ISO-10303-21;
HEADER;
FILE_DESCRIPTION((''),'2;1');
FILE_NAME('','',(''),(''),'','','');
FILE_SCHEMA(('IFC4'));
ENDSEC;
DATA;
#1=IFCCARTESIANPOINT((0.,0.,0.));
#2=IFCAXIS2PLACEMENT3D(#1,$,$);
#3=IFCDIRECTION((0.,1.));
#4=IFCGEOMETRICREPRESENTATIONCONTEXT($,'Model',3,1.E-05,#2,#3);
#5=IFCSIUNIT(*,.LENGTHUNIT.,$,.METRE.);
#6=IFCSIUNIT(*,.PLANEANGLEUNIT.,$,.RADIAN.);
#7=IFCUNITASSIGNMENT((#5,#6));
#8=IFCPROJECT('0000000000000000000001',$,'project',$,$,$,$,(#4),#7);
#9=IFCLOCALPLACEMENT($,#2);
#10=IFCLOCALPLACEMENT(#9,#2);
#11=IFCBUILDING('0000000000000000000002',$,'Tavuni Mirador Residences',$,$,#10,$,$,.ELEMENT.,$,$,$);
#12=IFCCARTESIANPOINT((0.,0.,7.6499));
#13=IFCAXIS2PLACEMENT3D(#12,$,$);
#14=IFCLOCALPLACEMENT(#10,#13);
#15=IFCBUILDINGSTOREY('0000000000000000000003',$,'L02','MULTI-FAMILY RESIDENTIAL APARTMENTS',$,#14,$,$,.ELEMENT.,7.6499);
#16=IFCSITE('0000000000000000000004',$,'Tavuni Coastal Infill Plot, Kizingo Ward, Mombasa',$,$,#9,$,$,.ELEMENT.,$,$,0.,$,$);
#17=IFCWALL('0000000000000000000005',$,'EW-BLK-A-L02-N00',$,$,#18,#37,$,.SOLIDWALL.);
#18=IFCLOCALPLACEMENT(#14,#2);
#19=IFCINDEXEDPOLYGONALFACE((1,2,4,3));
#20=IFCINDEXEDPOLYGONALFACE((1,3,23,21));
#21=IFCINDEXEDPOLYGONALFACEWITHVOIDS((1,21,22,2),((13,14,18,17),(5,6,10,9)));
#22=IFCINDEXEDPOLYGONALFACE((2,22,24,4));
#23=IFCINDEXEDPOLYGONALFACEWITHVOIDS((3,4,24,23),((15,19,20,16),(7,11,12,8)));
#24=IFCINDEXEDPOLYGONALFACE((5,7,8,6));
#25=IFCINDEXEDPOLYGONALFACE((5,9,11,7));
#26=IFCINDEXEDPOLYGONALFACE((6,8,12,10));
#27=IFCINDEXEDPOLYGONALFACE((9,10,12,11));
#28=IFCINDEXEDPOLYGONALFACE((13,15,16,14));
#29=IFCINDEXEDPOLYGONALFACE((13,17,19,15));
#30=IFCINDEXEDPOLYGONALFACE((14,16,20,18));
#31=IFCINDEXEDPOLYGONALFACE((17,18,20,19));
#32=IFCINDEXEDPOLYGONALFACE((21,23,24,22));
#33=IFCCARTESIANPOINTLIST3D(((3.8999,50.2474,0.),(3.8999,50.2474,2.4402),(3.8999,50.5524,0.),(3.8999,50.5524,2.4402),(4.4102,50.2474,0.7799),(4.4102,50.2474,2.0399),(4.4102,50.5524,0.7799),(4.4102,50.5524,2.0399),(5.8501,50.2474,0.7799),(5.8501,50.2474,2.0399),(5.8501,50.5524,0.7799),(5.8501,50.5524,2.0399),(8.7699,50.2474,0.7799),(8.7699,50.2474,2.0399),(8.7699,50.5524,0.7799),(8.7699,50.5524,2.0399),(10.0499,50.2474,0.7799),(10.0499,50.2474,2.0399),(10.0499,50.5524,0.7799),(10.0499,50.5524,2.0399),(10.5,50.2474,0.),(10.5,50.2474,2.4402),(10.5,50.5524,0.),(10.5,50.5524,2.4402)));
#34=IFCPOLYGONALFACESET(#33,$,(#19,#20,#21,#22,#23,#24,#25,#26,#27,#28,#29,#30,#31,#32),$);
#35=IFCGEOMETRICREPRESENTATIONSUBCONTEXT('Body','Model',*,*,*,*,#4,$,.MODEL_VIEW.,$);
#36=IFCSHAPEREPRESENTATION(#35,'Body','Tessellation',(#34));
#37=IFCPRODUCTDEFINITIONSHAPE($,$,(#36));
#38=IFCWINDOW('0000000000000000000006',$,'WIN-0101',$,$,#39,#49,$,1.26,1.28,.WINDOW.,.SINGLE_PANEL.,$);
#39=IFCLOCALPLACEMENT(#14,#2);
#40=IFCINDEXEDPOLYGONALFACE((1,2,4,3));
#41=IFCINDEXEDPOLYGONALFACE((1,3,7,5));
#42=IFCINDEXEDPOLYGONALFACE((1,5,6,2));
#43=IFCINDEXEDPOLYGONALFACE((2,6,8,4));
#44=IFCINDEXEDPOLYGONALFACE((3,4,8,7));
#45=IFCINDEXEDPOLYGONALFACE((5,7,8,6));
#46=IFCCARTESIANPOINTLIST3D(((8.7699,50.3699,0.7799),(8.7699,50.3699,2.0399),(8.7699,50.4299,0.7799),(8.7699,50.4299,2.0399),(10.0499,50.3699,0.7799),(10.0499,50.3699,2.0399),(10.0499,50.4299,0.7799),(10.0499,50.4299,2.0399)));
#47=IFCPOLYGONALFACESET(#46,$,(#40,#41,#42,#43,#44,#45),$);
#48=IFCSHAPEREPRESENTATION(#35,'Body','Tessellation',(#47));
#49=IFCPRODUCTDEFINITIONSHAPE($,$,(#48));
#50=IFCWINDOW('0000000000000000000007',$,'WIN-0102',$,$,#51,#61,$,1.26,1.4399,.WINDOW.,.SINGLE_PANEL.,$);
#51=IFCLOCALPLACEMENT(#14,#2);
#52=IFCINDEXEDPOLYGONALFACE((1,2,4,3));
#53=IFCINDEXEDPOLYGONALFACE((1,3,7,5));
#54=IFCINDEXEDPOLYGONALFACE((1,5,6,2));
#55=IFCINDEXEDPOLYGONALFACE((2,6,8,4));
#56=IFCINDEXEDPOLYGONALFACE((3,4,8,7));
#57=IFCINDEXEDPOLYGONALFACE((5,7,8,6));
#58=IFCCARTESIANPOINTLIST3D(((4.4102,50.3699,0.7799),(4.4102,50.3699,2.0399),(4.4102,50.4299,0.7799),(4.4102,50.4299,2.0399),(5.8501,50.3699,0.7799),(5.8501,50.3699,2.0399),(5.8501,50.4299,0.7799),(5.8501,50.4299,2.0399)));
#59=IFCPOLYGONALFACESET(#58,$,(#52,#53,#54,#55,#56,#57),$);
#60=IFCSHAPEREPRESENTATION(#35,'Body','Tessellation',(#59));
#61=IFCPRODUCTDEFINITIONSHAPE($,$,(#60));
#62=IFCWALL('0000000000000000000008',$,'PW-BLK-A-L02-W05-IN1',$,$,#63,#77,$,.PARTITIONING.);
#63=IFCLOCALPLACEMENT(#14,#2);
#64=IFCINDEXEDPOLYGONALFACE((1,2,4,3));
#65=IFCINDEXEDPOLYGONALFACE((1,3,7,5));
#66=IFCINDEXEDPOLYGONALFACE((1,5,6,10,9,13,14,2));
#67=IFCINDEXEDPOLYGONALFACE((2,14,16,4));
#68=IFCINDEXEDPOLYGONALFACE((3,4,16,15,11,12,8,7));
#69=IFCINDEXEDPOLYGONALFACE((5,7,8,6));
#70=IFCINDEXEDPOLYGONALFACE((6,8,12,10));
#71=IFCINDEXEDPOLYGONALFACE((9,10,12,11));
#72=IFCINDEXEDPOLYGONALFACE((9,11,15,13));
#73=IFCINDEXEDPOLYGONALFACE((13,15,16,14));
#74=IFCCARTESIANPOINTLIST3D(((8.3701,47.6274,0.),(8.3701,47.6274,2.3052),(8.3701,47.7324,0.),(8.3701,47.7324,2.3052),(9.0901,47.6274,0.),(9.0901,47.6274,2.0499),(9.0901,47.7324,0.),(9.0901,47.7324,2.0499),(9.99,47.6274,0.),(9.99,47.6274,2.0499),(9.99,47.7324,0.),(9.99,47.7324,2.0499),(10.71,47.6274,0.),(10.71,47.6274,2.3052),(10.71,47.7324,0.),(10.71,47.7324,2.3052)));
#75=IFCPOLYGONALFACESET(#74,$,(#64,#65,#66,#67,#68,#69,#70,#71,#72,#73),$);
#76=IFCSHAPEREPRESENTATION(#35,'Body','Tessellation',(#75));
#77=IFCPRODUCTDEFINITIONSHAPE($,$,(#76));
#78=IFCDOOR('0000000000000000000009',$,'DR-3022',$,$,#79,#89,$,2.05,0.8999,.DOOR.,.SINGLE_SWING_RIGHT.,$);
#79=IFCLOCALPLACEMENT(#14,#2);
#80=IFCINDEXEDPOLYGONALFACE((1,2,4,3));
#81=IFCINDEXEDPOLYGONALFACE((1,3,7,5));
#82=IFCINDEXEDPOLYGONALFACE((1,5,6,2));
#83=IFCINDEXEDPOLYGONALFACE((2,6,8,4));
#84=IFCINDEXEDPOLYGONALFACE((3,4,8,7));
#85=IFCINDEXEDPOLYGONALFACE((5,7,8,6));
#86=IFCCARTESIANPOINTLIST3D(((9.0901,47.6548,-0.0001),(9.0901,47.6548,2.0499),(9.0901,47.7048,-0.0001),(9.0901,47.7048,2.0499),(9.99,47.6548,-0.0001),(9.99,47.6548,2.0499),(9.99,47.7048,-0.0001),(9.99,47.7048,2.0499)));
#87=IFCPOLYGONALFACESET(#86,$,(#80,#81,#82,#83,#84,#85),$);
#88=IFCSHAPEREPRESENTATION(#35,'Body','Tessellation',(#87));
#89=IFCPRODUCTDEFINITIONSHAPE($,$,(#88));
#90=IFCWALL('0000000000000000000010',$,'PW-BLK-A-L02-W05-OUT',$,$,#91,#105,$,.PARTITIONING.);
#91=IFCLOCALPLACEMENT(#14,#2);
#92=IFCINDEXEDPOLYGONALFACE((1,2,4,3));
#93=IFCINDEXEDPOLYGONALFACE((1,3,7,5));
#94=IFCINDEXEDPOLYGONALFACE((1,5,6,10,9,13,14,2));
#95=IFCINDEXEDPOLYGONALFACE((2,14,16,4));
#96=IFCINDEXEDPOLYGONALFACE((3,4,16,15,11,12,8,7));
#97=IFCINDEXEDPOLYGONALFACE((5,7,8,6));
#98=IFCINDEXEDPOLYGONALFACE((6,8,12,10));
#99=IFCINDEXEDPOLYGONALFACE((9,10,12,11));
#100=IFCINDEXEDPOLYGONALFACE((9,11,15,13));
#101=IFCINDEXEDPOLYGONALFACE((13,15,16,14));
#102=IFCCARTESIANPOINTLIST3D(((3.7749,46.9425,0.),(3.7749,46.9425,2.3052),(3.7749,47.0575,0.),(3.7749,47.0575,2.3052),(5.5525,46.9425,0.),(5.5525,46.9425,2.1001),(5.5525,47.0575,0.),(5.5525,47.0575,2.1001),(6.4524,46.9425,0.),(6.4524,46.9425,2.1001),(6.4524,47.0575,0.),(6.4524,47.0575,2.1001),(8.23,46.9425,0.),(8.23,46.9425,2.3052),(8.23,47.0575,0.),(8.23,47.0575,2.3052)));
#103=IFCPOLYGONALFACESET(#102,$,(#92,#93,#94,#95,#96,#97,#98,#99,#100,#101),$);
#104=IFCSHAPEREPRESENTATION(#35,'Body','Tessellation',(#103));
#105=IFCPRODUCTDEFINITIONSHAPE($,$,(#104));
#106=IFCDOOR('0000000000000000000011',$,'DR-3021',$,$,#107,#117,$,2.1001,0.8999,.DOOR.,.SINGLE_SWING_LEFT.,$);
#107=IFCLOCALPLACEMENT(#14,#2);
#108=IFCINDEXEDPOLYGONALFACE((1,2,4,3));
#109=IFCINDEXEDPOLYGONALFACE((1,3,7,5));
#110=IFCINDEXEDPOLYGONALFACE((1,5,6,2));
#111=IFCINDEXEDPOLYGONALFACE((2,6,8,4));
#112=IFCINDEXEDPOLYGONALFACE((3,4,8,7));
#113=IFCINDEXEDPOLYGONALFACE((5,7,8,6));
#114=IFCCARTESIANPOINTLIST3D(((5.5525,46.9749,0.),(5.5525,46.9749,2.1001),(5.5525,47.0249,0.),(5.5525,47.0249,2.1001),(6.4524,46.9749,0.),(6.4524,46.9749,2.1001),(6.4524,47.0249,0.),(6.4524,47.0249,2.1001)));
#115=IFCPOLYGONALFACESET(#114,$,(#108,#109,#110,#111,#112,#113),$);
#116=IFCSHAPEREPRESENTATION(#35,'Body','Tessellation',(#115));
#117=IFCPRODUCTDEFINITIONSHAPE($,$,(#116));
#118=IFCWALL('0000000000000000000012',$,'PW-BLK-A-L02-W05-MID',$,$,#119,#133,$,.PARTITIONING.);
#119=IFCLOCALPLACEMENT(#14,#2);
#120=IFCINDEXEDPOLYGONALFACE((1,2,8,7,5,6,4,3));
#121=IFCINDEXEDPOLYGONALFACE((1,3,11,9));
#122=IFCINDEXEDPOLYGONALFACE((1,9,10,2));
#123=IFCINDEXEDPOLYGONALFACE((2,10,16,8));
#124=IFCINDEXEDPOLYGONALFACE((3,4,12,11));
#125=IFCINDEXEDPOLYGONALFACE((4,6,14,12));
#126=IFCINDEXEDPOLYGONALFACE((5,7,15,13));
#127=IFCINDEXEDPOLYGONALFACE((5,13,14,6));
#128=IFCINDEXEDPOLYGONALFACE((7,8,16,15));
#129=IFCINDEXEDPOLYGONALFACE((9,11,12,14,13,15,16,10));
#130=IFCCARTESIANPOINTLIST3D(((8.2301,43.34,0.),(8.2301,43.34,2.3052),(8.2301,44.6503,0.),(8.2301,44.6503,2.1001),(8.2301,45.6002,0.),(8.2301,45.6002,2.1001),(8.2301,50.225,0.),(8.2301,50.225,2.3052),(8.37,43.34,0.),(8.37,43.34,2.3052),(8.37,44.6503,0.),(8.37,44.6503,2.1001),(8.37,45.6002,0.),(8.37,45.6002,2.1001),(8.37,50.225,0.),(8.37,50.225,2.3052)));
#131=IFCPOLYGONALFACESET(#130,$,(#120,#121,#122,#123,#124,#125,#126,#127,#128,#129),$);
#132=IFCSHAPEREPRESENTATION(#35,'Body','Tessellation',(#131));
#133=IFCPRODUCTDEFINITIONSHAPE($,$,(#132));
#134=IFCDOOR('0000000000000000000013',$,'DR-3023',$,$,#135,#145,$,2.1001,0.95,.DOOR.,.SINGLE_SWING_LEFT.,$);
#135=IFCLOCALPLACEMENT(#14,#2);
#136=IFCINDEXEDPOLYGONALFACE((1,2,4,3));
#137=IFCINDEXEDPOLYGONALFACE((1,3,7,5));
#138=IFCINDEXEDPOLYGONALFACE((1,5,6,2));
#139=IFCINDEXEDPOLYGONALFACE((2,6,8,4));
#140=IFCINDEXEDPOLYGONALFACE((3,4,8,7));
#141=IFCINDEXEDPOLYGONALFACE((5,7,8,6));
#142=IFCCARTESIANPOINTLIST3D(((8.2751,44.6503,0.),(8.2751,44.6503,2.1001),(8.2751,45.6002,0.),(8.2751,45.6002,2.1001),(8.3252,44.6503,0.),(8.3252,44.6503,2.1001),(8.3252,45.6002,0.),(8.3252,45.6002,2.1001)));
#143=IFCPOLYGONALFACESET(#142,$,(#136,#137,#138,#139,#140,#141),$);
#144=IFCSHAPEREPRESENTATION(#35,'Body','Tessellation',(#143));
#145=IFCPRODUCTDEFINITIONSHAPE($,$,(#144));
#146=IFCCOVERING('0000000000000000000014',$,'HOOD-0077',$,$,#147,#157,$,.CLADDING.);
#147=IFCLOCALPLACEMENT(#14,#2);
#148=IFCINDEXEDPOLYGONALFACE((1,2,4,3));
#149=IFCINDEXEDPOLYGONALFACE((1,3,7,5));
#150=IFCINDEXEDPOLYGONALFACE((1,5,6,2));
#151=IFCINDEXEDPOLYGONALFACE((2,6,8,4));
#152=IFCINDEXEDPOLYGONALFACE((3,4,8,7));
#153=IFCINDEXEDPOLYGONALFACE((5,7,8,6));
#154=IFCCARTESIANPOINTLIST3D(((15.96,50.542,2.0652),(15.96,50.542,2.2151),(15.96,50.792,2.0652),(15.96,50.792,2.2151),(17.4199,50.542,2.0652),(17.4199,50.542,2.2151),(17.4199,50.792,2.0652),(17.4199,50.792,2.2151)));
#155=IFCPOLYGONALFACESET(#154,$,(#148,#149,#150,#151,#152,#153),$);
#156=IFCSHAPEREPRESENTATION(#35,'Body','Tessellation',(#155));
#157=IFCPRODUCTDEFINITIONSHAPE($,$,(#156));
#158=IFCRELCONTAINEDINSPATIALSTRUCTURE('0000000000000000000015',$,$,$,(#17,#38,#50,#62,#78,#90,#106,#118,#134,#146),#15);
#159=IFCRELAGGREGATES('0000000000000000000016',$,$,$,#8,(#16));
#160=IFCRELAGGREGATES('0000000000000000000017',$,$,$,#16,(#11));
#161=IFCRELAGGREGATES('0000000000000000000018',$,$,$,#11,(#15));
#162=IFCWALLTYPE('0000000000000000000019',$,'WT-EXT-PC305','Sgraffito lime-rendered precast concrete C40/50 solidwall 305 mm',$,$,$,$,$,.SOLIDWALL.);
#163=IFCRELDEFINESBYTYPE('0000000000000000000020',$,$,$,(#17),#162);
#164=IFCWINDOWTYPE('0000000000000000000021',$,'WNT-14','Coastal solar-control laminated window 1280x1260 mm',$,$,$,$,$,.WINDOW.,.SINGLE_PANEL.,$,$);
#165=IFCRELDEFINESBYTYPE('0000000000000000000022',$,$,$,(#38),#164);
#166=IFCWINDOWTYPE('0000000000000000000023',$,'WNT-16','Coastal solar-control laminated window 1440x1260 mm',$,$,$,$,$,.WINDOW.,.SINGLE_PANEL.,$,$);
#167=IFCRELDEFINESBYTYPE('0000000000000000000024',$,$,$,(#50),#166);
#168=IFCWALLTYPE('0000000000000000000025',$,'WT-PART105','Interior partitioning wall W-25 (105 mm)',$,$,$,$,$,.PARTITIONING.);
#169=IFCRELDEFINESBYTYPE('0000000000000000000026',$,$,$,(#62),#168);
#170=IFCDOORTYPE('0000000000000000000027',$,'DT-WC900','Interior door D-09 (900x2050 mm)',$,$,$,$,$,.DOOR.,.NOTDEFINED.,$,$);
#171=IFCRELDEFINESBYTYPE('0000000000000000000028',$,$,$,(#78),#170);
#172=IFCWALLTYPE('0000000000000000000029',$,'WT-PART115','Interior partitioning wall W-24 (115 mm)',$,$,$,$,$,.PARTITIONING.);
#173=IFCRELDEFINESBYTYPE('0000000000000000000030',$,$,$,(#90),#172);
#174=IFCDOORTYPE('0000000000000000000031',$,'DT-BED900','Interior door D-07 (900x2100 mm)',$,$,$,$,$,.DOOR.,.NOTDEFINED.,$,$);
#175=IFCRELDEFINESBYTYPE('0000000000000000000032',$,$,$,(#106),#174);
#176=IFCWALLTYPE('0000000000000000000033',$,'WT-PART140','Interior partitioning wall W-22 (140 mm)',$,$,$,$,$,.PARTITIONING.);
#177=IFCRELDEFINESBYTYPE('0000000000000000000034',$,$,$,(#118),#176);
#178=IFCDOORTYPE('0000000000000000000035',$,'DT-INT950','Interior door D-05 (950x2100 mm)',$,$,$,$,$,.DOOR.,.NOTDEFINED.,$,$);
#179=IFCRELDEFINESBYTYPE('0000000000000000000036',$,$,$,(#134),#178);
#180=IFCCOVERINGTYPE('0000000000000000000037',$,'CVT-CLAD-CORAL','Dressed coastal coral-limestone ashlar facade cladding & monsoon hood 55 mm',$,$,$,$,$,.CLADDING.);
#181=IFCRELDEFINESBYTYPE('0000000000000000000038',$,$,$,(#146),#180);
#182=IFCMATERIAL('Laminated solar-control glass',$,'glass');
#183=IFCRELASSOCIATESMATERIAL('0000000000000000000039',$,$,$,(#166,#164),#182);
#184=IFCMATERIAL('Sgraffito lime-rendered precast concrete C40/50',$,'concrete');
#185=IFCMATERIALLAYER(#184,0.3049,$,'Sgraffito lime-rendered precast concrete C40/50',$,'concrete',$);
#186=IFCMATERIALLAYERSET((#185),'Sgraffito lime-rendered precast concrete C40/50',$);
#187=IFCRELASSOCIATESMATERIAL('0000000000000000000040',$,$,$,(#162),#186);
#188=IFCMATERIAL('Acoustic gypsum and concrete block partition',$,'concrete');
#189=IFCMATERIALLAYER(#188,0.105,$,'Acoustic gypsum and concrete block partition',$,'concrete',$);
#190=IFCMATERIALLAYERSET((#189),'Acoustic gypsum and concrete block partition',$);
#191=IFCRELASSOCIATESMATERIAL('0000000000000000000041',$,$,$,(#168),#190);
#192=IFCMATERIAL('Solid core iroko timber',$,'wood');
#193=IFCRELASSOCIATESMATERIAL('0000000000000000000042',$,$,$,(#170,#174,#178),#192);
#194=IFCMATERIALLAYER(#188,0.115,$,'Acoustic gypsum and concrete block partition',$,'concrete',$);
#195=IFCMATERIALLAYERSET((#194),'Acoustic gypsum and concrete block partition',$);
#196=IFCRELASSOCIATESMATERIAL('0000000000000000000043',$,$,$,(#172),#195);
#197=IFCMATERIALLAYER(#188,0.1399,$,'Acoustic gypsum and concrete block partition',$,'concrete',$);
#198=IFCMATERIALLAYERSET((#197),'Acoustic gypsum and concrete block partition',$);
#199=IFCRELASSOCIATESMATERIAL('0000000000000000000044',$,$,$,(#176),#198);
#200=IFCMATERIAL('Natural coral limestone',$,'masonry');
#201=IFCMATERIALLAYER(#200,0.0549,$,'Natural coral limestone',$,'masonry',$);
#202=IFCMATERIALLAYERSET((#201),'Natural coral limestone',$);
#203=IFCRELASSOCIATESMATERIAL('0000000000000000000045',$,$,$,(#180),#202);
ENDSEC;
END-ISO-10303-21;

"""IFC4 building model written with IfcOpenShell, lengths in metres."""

from ifc_helpers import new_model, si_unit, direction, frame, frame_2d, origin, origin_2d, place, context, subcontext, project, spatial, rectangle, extrude, material, layer, layer_set, type_object, element, fill, save


model = new_model("IFC4")

# Units and contexts
model_context = context("Model", 3, precision=1e-05, world=origin(), true_north=direction((0.0, 1.0)))
body_context = subcontext(model_context, "Body", "Model", "MODEL_VIEW")
ifc_project = project(units=[si_unit("LENGTHUNIT", "METRE"), si_unit("PLANEANGLEUNIT", "RADIAN")], contexts=[model_context])

# Site, building, storey
site_placement = place(None, origin())
site = spatial("IfcSite", under=ifc_project, at=site_placement, Name="Tavuni Coastal Infill Plot, Kizingo Ward, Mombasa", CompositionType="ELEMENT", RefElevation=0.0)
building_placement = place(site_placement, origin())
building = spatial("IfcBuilding", under=site, at=building_placement, Name="Tavuni Mirador Residences", CompositionType="ELEMENT")
storey_placement = place(building_placement, frame((0.0, 0.0, 7.6499)))
storey = spatial("IfcBuildingStorey", under=building, at=storey_placement, Name="L02", Description="MULTI-FAMILY RESIDENTIAL APARTMENTS", CompositionType="ELEMENT", Elevation=7.6499)

# Shared definitions
ifc_material_1 = material(Name="Solid core iroko timber", Category="wood")

# Wall, openings, windows
ifc_material_2 = material(Name="Laminated solar-control glass", Category="glass")
window_type_1 = type_object("IfcWindowType", Name="WNT-16", Description="Coastal solar-control laminated window 1440x1260 mm", PartitioningType="SINGLE_PANEL", PredefinedType="WINDOW", material=ifc_material_2)
ifc_material_3 = material(Name="Sgraffito lime-rendered precast concrete C40/50", Category="concrete")
window_type_2 = type_object("IfcWindowType", Name="WNT-14", Description="Coastal solar-control laminated window 1280x1260 mm", PartitioningType="SINGLE_PANEL", PredefinedType="WINDOW", material=ifc_material_2)
ifc_layer_1 = layer(ifc_material_3, 0.3049, Name="Sgraffito lime-rendered precast concrete C40/50", Category="concrete")
ifc_layer_set_1 = layer_set([ifc_layer_1], Name="Sgraffito lime-rendered precast concrete C40/50")
wall_type_1 = type_object("IfcWallType", Name="WT-EXT-PC305", Description="Sgraffito lime-rendered precast concrete C40/50 solidwall 305 mm", PredefinedType="SOLIDWALL", material=ifc_layer_set_1)
wall_1_placement = place(storey_placement, frame((10.5, 50.3999, 0.0), z_axis=(0.0, 0.0, 1.0), x_axis=(-1.0, 0.0, 0.0)))
wall_1 = element("IfcWall", 1, at=wall_1_placement, inside=storey, type_object=wall_type_1, Name="EW-BLK-A-L02-N00", PredefinedType="SOLIDWALL", context=body_context, shape_type="SweptSolid", body=[
    extrude(rectangle(XDim=6.6001, YDim=0.3049, at=frame_2d((3.3, 0.0))), origin(), (0.0, 0.0, 1.0), 2.4402),
])
opening_1_placement = place(wall_1_placement, frame((0.45, 0.0, 0.78)))
opening_1 = element("IfcOpeningElement", 2, at=opening_1_placement, cuts=wall_1, PredefinedType="OPENING", context=body_context, shape_type="SweptSolid", body=[
    extrude(rectangle(XDim=1.28, YDim=1.26, at=frame_2d((0.6401, 0.6299))), frame((0.0, 0.1626, 0.0), z_axis=(0.0, -1.0, 0.0), x_axis=(1.0, 0.0, 0.0)), (0.0, 0.0, 1.0), 0.325),
])
opening_2_placement = place(wall_1_placement, frame((4.6499, 0.0, 0.78)))
opening_2 = element("IfcOpeningElement", 3, at=opening_2_placement, cuts=wall_1, PredefinedType="OPENING", context=body_context, shape_type="SweptSolid", body=[
    extrude(rectangle(XDim=1.4399, YDim=1.26, at=frame_2d((0.72, 0.6299))), frame((0.0, 0.1626, 0.0), z_axis=(0.0, -1.0, 0.0), x_axis=(1.0, 0.0, 0.0)), (0.0, 0.0, 1.0), 0.325),
])
window_1_placement = place(opening_1_placement, origin())
window_1 = element("IfcWindow", 4, at=window_1_placement, inside=storey, type_object=window_type_2, Name="WIN-0101", OverallHeight=1.26, OverallWidth=1.28, PartitioningType="SINGLE_PANEL", PredefinedType="WINDOW", context=body_context, shape_type="SweptSolid", body=[
    extrude(rectangle(XDim=1.28, YDim=1.26, at=frame_2d((0.6401, 0.6299))), frame((0.0, 0.03, 0.0), z_axis=(0.0, -1.0, 0.0), x_axis=(1.0, 0.0, 0.0)), (0.0, 0.0, 1.0), 0.0601),
])
fill(opening_1, window_1)
window_2_placement = place(opening_2_placement, origin())
window_2 = element("IfcWindow", 5, at=window_2_placement, inside=storey, type_object=window_type_1, Name="WIN-0102", OverallHeight=1.26, OverallWidth=1.4399, PartitioningType="SINGLE_PANEL", PredefinedType="WINDOW", context=body_context, shape_type="SweptSolid", body=[
    extrude(rectangle(XDim=1.4399, YDim=1.26, at=frame_2d((0.72, 0.6299))), frame((0.0, 0.03, 0.0), z_axis=(0.0, -1.0, 0.0), x_axis=(1.0, 0.0, 0.0)), (0.0, 0.0, 1.0), 0.0601),
])
fill(opening_2, window_2)

# Walls, openings, doors
ifc_material_4 = material(Name="Acoustic gypsum and concrete block partition", Category="concrete")
ifc_layer_2 = layer(ifc_material_4, 0.105, Name="Acoustic gypsum and concrete block partition", Category="concrete")
ifc_layer_set_2 = layer_set([ifc_layer_2], Name="Acoustic gypsum and concrete block partition")
wall_type_2 = type_object("IfcWallType", Name="WT-PART105", Description="Interior partitioning wall W-25 (105 mm)", PredefinedType="PARTITIONING", material=ifc_layer_set_2)
wall_2_placement = place(storey_placement, frame((8.3701, 47.6799, 0.0), z_axis=(0.0, 0.0, 1.0), x_axis=(1.0, 0.0, 0.0)))
wall_2 = element("IfcWall", 6, at=wall_2_placement, inside=storey, type_object=wall_type_2, Name="PW-BLK-A-L02-W05-IN1", PredefinedType="PARTITIONING", context=body_context, shape_type="SweptSolid", body=[
    extrude(rectangle(XDim=2.3398, YDim=0.105, at=frame_2d((1.1699, 0.0))), origin(), (0.0, 0.0, 1.0), 2.3052),
])
opening_3_placement = place(wall_2_placement, frame((0.72, 0.0, 0.0)))
opening_3 = element("IfcOpeningElement", 7, at=opening_3_placement, cuts=wall_2, PredefinedType="OPENING", context=body_context, shape_type="SweptSolid", body=[
    extrude(rectangle(XDim=0.8999, YDim=2.05, at=frame_2d((0.45, 1.0249))), frame((0.0, 0.0625, 0.0), z_axis=(0.0, -1.0, 0.0), x_axis=(1.0, 0.0, 0.0)), (0.0, 0.0, 1.0), 0.125),
])
door_type_1 = type_object("IfcDoorType", Name="DT-WC900", Description="Interior door D-09 (900x2050 mm)", OperationType="NOTDEFINED", PredefinedType="DOOR", material=ifc_material_1)
door_1_placement = place(opening_3_placement, origin())
door_1 = element("IfcDoor", 8, at=door_1_placement, inside=storey, type_object=door_type_1, Name="DR-3022", OperationType="SINGLE_SWING_RIGHT", OverallHeight=2.05, OverallWidth=0.8999, PredefinedType="DOOR", context=body_context, shape_type="SweptSolid", body=[
    extrude(rectangle(XDim=0.8999, YDim=2.05, at=frame_2d((0.45, 1.0249))), frame((0.0, 0.0249, 0.0), z_axis=(0.0, -1.0, 0.0), x_axis=(1.0, 0.0, 0.0)), (0.0, 0.0, 1.0), 0.05),
])
fill(opening_3, door_1)
ifc_layer_3 = layer(ifc_material_4, 0.115, Name="Acoustic gypsum and concrete block partition", Category="concrete")
ifc_layer_set_3 = layer_set([ifc_layer_3], Name="Acoustic gypsum and concrete block partition")
wall_type_3 = type_object("IfcWallType", Name="WT-PART115", Description="Interior partitioning wall W-24 (115 mm)", PredefinedType="PARTITIONING", material=ifc_layer_set_3)
wall_3_placement = place(storey_placement, frame((3.7749, 47.0, 0.0), z_axis=(0.0, 0.0, 1.0), x_axis=(1.0, 0.0, 0.0)))
wall_3 = element("IfcWall", 9, at=wall_3_placement, inside=storey, type_object=wall_type_3, Name="PW-BLK-A-L02-W05-OUT", PredefinedType="PARTITIONING", context=body_context, shape_type="SweptSolid", body=[
    extrude(rectangle(XDim=4.4551, YDim=0.115, at=frame_2d((2.2275, 0.0))), origin(), (0.0, 0.0, 1.0), 2.3052),
])
opening_4_placement = place(wall_3_placement, frame((1.7776, 0.0, 0.0)))
opening_4 = element("IfcOpeningElement", 10, at=opening_4_placement, cuts=wall_3, PredefinedType="OPENING", context=body_context, shape_type="SweptSolid", body=[
    extrude(rectangle(XDim=0.8999, YDim=2.1001, at=frame_2d((0.45, 1.05))), frame((0.0, 0.0674, 0.0), z_axis=(0.0, -1.0, 0.0), x_axis=(1.0, 0.0, 0.0)), (0.0, 0.0, 1.0), 0.135),
])
door_type_2 = type_object("IfcDoorType", Name="DT-BED900", Description="Interior door D-07 (900x2100 mm)", OperationType="NOTDEFINED", PredefinedType="DOOR", material=ifc_material_1)
door_2_placement = place(opening_4_placement, origin())
door_2 = element("IfcDoor", 11, at=door_2_placement, inside=storey, type_object=door_type_2, Name="DR-3021", OperationType="SINGLE_SWING_LEFT", OverallHeight=2.1001, OverallWidth=0.8999, PredefinedType="DOOR", context=body_context, shape_type="SweptSolid", body=[
    extrude(rectangle(XDim=0.8999, YDim=2.1001, at=frame_2d((0.45, 1.05))), frame((0.0, 0.0249, 0.0), z_axis=(0.0, -1.0, 0.0), x_axis=(1.0, 0.0, 0.0)), (0.0, 0.0, 1.0), 0.05),
])
fill(opening_4, door_2)
ifc_layer_4 = layer(ifc_material_4, 0.1399, Name="Acoustic gypsum and concrete block partition", Category="concrete")
ifc_layer_set_4 = layer_set([ifc_layer_4], Name="Acoustic gypsum and concrete block partition")
wall_type_4 = type_object("IfcWallType", Name="WT-PART140", Description="Interior partitioning wall W-22 (140 mm)", PredefinedType="PARTITIONING", material=ifc_layer_set_4)
wall_4_placement = place(storey_placement, frame((8.3, 43.3401, 0.0), z_axis=(0.0, 0.0, 1.0), x_axis=(0.0, 1.0, 0.0)))
wall_4 = element("IfcWall", 12, at=wall_4_placement, inside=storey, type_object=wall_type_4, Name="PW-BLK-A-L02-W05-MID", PredefinedType="PARTITIONING", context=body_context, shape_type="SweptSolid", body=[
    extrude(rectangle(XDim=6.885, YDim=0.1399, at=frame_2d((3.4424, 0.0))), origin(), (0.0, 0.0, 1.0), 2.3052),
])
opening_5_placement = place(wall_4_placement, frame((1.3101, 0.0, 0.0)))
opening_5 = element("IfcOpeningElement", 13, at=opening_5_placement, cuts=wall_4, PredefinedType="OPENING", context=body_context, shape_type="SweptSolid", body=[
    extrude(rectangle(XDim=0.95, YDim=2.1001, at=frame_2d((0.4751, 1.05))), frame((0.0, 0.0801, 0.0), z_axis=(0.0, -1.0, 0.0), x_axis=(1.0, 0.0, 0.0)), (0.0, 0.0, 1.0), 0.1599),
])
door_type_3 = type_object("IfcDoorType", Name="DT-INT950", Description="Interior door D-05 (950x2100 mm)", OperationType="NOTDEFINED", PredefinedType="DOOR", material=ifc_material_1)
door_3_placement = place(opening_5_placement, origin())
door_3 = element("IfcDoor", 14, at=door_3_placement, inside=storey, type_object=door_type_3, Name="DR-3023", OperationType="SINGLE_SWING_LEFT", OverallHeight=2.1001, OverallWidth=0.95, PredefinedType="DOOR", context=body_context, shape_type="SweptSolid", body=[
    extrude(rectangle(XDim=0.95, YDim=2.1001, at=frame_2d((0.4751, 1.05))), frame((0.0, 0.0249, 0.0), z_axis=(0.0, -1.0, 0.0), x_axis=(1.0, 0.0, 0.0)), (0.0, 0.0, 1.0), 0.05),
])
fill(opening_5, door_3)

# Covering
ifc_material_5 = material(Name="Natural coral limestone", Category="masonry")
ifc_layer_5 = layer(ifc_material_5, 0.0549, Name="Natural coral limestone", Category="masonry")
ifc_layer_set_5 = layer_set([ifc_layer_5], Name="Natural coral limestone")
covering_type = type_object("IfcCoveringType", Name="CVT-CLAD-CORAL", Description="Dressed coastal coral-limestone ashlar facade cladding & monsoon hood 55 mm", PredefinedType="CLADDING", material=ifc_layer_set_5)
covering_1_placement = place(storey_placement, frame((16.6899, 50.667, 2.0652), z_axis=(0.0, 0.0, 1.0), x_axis=(-1.0, 0.0, 0.0)))
element("IfcCovering", 15, at=covering_1_placement, inside=storey, type_object=covering_type, Name="HOOD-0077", PredefinedType="CLADDING", context=body_context, shape_type="SweptSolid", body=[
    extrude(rectangle(XDim=1.46, YDim=0.25, at=origin_2d()), origin(), (0.0, 0.0, 1.0), 0.1499),
])

save(model, "model.ifc")
